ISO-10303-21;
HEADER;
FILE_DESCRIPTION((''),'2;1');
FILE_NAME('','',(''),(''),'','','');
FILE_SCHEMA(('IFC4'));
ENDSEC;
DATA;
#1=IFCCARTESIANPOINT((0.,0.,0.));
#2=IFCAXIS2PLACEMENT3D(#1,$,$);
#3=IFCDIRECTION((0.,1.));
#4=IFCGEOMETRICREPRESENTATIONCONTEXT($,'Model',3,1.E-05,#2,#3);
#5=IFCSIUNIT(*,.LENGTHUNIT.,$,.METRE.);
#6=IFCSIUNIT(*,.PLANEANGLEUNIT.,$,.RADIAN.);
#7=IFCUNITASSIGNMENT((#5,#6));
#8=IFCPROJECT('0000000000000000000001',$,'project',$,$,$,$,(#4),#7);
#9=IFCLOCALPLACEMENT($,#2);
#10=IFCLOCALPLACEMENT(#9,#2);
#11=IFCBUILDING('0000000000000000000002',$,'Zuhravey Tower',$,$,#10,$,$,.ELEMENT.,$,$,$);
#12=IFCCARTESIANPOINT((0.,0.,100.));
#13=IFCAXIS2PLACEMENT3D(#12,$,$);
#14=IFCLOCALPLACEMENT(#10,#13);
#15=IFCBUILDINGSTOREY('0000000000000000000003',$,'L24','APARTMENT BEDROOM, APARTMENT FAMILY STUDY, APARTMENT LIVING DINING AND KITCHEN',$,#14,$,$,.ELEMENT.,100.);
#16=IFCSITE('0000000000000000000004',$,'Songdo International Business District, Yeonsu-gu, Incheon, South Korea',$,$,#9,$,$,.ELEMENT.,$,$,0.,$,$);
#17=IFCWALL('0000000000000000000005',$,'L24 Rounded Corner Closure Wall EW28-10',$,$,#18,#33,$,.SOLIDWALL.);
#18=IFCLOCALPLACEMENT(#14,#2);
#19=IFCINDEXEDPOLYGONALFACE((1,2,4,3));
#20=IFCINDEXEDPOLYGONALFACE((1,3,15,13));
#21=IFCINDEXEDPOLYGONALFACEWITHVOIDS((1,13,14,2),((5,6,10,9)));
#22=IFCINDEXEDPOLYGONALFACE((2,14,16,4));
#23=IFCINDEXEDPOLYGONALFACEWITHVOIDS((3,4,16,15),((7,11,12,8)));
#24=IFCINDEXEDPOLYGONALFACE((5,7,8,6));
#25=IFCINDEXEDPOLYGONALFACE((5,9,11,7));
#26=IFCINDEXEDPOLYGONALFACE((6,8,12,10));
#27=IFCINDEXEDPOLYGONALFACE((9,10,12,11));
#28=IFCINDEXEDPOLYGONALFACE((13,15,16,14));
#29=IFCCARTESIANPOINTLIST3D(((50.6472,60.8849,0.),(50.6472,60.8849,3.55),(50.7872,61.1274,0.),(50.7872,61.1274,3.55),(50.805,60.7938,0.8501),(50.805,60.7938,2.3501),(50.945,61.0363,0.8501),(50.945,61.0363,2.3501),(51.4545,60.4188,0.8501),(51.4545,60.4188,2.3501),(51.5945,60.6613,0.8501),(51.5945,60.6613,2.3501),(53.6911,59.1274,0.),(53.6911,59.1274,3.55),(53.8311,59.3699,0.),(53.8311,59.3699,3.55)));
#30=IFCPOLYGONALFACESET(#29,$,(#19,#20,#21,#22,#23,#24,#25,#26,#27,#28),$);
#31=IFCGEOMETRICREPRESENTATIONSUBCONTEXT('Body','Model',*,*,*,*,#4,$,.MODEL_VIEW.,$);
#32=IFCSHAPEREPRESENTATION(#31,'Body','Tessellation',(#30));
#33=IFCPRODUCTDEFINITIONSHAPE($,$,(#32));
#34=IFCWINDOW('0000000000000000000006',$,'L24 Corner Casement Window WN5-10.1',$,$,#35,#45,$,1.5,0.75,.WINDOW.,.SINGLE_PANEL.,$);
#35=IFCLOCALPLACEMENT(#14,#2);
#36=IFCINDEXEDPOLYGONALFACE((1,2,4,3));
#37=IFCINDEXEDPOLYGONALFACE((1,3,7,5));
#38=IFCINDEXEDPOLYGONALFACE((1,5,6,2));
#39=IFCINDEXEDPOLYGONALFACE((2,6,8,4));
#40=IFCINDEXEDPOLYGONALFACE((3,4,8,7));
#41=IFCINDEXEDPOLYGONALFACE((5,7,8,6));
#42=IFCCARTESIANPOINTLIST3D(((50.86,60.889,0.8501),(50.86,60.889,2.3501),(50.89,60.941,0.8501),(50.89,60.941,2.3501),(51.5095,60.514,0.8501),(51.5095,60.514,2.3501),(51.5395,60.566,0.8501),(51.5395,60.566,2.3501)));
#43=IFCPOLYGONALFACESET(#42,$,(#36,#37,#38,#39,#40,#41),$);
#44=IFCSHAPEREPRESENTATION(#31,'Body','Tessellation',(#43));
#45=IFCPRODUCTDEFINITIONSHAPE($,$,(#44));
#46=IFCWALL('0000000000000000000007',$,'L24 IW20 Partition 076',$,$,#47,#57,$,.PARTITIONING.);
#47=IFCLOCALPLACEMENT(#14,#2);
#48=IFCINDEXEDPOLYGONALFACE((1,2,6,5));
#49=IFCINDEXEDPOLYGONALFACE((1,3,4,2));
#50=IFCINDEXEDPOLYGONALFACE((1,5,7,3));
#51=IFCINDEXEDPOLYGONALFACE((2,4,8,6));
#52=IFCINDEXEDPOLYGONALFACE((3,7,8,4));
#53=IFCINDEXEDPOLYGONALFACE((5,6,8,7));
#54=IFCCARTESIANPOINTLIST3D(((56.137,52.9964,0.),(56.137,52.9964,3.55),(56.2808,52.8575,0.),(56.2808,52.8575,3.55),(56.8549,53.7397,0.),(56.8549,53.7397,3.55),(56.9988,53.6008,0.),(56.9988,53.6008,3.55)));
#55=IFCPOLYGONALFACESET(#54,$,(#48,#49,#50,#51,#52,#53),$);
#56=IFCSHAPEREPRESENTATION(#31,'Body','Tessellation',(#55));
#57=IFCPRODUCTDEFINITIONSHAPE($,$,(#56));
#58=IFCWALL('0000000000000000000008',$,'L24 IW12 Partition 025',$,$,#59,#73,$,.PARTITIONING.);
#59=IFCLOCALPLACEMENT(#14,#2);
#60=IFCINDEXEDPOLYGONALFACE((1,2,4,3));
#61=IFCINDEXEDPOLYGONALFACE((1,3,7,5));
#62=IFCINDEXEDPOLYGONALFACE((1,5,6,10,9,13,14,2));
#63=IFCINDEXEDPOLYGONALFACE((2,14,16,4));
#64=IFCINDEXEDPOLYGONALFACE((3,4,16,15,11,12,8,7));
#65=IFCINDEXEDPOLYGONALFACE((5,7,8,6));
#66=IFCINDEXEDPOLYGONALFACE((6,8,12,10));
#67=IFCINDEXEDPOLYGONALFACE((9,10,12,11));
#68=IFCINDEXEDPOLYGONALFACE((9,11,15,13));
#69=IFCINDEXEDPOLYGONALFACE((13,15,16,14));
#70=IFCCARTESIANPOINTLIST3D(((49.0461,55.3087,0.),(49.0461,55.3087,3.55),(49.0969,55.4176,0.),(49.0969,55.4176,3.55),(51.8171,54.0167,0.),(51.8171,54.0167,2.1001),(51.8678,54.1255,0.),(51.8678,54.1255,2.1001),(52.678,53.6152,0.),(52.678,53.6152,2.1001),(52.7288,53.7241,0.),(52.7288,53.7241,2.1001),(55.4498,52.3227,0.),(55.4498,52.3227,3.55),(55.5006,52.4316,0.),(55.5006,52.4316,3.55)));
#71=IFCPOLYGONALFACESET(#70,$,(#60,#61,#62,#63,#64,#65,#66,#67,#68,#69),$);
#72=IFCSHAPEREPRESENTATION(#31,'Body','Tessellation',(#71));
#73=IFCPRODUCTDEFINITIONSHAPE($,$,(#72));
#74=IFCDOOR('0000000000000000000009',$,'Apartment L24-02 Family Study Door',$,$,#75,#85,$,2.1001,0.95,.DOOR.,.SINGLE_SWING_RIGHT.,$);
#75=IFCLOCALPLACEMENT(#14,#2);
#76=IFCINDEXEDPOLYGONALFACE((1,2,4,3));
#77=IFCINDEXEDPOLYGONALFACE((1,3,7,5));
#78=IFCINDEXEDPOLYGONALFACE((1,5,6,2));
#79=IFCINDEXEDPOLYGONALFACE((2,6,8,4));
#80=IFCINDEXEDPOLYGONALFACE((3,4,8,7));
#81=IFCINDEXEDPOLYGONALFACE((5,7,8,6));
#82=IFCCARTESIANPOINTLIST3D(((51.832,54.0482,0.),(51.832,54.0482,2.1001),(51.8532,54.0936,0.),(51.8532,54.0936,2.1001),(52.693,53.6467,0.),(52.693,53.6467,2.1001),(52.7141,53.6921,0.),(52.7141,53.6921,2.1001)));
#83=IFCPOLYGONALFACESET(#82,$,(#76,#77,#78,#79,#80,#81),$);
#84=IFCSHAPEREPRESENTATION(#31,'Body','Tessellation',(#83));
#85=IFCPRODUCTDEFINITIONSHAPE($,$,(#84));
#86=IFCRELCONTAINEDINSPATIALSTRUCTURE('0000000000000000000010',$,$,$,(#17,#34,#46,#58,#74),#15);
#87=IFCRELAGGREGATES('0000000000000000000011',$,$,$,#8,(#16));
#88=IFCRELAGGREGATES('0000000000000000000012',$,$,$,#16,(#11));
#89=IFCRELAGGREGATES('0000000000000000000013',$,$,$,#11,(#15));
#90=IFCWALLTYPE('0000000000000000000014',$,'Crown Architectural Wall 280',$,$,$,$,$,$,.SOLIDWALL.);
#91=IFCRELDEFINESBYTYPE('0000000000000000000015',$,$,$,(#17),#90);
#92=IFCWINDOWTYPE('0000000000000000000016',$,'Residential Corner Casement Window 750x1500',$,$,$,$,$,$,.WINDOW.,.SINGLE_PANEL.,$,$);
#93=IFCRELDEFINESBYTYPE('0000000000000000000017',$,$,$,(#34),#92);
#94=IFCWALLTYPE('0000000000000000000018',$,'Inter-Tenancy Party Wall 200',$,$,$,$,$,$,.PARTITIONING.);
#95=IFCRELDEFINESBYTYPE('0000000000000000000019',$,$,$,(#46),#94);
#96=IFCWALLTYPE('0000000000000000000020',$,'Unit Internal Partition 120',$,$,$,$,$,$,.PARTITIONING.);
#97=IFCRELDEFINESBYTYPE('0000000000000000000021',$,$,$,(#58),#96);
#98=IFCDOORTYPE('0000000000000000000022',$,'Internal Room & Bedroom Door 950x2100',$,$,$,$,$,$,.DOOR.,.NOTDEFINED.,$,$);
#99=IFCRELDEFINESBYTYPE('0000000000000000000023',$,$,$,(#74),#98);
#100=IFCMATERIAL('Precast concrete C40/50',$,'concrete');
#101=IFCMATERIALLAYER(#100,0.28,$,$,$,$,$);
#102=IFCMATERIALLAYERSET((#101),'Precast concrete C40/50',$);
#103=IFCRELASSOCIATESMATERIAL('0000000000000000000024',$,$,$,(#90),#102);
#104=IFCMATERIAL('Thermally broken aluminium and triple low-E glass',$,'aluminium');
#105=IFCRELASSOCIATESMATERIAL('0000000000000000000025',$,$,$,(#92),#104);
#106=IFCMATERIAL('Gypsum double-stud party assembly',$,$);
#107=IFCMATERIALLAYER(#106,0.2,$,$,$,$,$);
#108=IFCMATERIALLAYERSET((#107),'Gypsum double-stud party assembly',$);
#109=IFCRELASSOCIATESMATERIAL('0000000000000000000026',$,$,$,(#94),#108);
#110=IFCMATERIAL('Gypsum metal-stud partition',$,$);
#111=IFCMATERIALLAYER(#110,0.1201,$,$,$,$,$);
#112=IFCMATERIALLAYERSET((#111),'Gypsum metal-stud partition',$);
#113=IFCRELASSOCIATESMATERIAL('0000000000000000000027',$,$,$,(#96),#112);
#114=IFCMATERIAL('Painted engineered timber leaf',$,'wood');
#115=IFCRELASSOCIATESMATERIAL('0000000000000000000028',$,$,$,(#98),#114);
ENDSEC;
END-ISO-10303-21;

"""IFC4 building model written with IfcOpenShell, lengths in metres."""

from ifc_helpers import new_model, si_unit, direction, frame, frame_2d, origin, place, context, subcontext, project, spatial, rectangle, extrude, material, layer, layer_set, type_object, element, fill, save


model = new_model("IFC4")

# Units and contexts
model_context = context("Model", 3, precision=1e-05, world=origin(), true_north=direction((0.0, 1.0)))
body_context = subcontext(model_context, "Body", "Model", "MODEL_VIEW")
ifc_project = project(units=[si_unit("LENGTHUNIT", "METRE"), si_unit("PLANEANGLEUNIT", "RADIAN")], contexts=[model_context])

# Site, building, storey
site_placement = place(None, origin())
site = spatial("IfcSite", under=ifc_project, at=site_placement, Name="Songdo International Business District, Yeonsu-gu, Incheon, South Korea", CompositionType="ELEMENT", RefElevation=0.0)
building_placement = place(site_placement, origin())
building = spatial("IfcBuilding", under=site, at=building_placement, Name="Zuhravey Tower", CompositionType="ELEMENT")
storey_placement = place(building_placement, frame((0.0, 0.0, 100.0)))
storey = spatial("IfcBuildingStorey", under=building, at=storey_placement, Name="L24", Description="APARTMENT BEDROOM, APARTMENT FAMILY STUDY, APARTMENT LIVING DINING AND KITCHEN", CompositionType="ELEMENT", Elevation=100.0)

# Wall, opening, window
ifc_material_1 = material(Name="Precast concrete C40/50", Category="concrete")
ifc_layer_1 = layer(ifc_material_1, 0.28)
ifc_layer_set_1 = layer_set([ifc_layer_1], Name="Precast concrete C40/50")
wall_type_1 = type_object("IfcWallType", Name="Crown Architectural Wall 280", PredefinedType="SOLIDWALL", material=ifc_layer_set_1)
wall_1_placement = place(storey_placement, frame((50.7173, 61.0061, 0.0), z_axis=(0.0, 0.0, 1.0), x_axis=(0.866007, -0.500031, 0.0)))
wall_1 = element("IfcWall", 1, at=wall_1_placement, inside=storey, type_object=wall_type_1, Name="L24 Rounded Corner Closure Wall EW28-10", PredefinedType="SOLIDWALL", context=body_context, shape_type="SweptSolid", body=[
    extrude(rectangle(XDim=3.5149, YDim=0.28, at=frame_2d((1.7573, 0.0))), origin(), (0.0, 0.0, 1.0), 3.55),
])
opening_1_placement = place(wall_1_placement, frame((0.1821, 0.0, 0.8501)))
opening_1 = element("IfcOpeningElement", 2, at=opening_1_placement, cuts=wall_1, PredefinedType="OPENING", context=body_context, shape_type="SweptSolid", body=[
    extrude(rectangle(XDim=0.75, YDim=1.5, at=frame_2d((0.375, 0.75))), frame((0.0, 0.1521, 0.0), z_axis=(0.0, -1.0, 0.0), x_axis=(1.0, 0.0, 0.0)), (0.0, 0.0, 1.0), 0.304),
])
ifc_material_2 = material(Name="Thermally broken aluminium and triple low-E glass", Category="aluminium")
window_type = type_object("IfcWindowType", Name="Residential Corner Casement Window 750x1500", PartitioningType="SINGLE_PANEL", PredefinedType="WINDOW", material=ifc_material_2)
window_placement = place(opening_1_placement, origin())
window = element("IfcWindow", 3, at=window_placement, inside=storey, type_object=window_type, Name="L24 Corner Casement Window WN5-10.1", OverallHeight=1.5, OverallWidth=0.75, PartitioningType="SINGLE_PANEL", PredefinedType="WINDOW", context=body_context, shape_type="SweptSolid", body=[
    extrude(rectangle(XDim=0.75, YDim=1.5, at=frame_2d((0.375, 0.75))), frame((0.0, 0.03, 0.0), z_axis=(0.0, -1.0, 0.0), x_axis=(1.0, 0.0, 0.0)), (0.0, 0.0, 1.0), 0.0601),
])
fill(opening_1, window)

# Wall
ifc_material_3 = material(Name="Gypsum double-stud party assembly")
ifc_layer_2 = layer(ifc_material_3, 0.2)
ifc_layer_set_2 = layer_set([ifc_layer_2], Name="Gypsum double-stud party assembly")
wall_type_2 = type_object("IfcWallType", Name="Inter-Tenancy Party Wall 200", PredefinedType="PARTITIONING", material=ifc_layer_set_2)
wall_2_placement = place(storey_placement, frame((56.209, 52.927, 0.0), z_axis=(0.0, 0.0, 1.0), x_axis=(0.694717, 0.719283, 0.0)))
element("IfcWall", 4, at=wall_2_placement, inside=storey, type_object=wall_type_2, Name="L24 IW20 Partition 076", PredefinedType="PARTITIONING", context=body_context, shape_type="SweptSolid", body=[
    extrude(rectangle(XDim=1.0334, YDim=0.2, at=frame_2d((0.5166, 0.0))), origin(), (0.0, 0.0, 1.0), 3.55),
])

# Wall, opening, door
ifc_material_4 = material(Name="Gypsum metal-stud partition")
ifc_layer_3 = layer(ifc_material_4, 0.1201)
ifc_layer_set_3 = layer_set([ifc_layer_3], Name="Gypsum metal-stud partition")
wall_type_3 = type_object("IfcWallType", Name="Unit Internal Partition 120", PredefinedType="PARTITIONING", material=ifc_layer_set_3)
wall_3_placement = place(storey_placement, frame((55.4751, 52.3772, 0.0), z_axis=(0.0, 0.0, 1.0), x_axis=(-0.906311, 0.422611, 0.0)))
wall_3 = element("IfcWall", 5, at=wall_3_placement, inside=storey, type_object=wall_type_3, Name="L24 IW12 Partition 025", PredefinedType="PARTITIONING", context=body_context, shape_type="SweptSolid", body=[
    extrude(rectangle(XDim=7.0657, YDim=0.1201, at=frame_2d((3.5327, 0.0))), origin(), (0.0, 0.0, 1.0), 3.55),
])
opening_2_placement = place(wall_3_placement, frame((3.0581, 0.0, 0.0)))
opening_2 = element("IfcOpeningElement", 6, at=opening_2_placement, cuts=wall_3, PredefinedType="OPENING", context=body_context, shape_type="SweptSolid", body=[
    extrude(rectangle(XDim=0.95, YDim=2.1001, at=frame_2d((0.4751, 1.05))), frame((0.0, 0.072, 0.0), z_axis=(0.0, -1.0, 0.0), x_axis=(1.0, 0.0, 0.0)), (0.0, 0.0, 1.0), 0.144),
])
ifc_material_5 = material(Name="Painted engineered timber leaf", Category="wood")
door_type = type_object("IfcDoorType", Name="Internal Room & Bedroom Door 950x2100", OperationType="NOTDEFINED", PredefinedType="DOOR", material=ifc_material_5)
door_placement = place(opening_2_placement, frame((0.95, 0.0, 0.0), z_axis=(0.0, 0.0, 1.0), x_axis=(-1.0, 0.0, 0.0)))
door = element("IfcDoor", 7, at=door_placement, inside=storey, type_object=door_type, Name="Apartment L24-02 Family Study Door", OperationType="SINGLE_SWING_RIGHT", OverallHeight=2.1001, OverallWidth=0.95, PredefinedType="DOOR", context=body_context, shape_type="SweptSolid", body=[
    extrude(rectangle(XDim=0.95, YDim=2.1001, at=frame_2d((0.4751, 1.05))), frame((0.0, 0.0249, 0.0), z_axis=(0.0, -1.0, 0.0), x_axis=(1.0, 0.0, 0.0)), (0.0, 0.0, 1.0), 0.05),
])
fill(opening_2, door)

save(model, "model.ifc")
